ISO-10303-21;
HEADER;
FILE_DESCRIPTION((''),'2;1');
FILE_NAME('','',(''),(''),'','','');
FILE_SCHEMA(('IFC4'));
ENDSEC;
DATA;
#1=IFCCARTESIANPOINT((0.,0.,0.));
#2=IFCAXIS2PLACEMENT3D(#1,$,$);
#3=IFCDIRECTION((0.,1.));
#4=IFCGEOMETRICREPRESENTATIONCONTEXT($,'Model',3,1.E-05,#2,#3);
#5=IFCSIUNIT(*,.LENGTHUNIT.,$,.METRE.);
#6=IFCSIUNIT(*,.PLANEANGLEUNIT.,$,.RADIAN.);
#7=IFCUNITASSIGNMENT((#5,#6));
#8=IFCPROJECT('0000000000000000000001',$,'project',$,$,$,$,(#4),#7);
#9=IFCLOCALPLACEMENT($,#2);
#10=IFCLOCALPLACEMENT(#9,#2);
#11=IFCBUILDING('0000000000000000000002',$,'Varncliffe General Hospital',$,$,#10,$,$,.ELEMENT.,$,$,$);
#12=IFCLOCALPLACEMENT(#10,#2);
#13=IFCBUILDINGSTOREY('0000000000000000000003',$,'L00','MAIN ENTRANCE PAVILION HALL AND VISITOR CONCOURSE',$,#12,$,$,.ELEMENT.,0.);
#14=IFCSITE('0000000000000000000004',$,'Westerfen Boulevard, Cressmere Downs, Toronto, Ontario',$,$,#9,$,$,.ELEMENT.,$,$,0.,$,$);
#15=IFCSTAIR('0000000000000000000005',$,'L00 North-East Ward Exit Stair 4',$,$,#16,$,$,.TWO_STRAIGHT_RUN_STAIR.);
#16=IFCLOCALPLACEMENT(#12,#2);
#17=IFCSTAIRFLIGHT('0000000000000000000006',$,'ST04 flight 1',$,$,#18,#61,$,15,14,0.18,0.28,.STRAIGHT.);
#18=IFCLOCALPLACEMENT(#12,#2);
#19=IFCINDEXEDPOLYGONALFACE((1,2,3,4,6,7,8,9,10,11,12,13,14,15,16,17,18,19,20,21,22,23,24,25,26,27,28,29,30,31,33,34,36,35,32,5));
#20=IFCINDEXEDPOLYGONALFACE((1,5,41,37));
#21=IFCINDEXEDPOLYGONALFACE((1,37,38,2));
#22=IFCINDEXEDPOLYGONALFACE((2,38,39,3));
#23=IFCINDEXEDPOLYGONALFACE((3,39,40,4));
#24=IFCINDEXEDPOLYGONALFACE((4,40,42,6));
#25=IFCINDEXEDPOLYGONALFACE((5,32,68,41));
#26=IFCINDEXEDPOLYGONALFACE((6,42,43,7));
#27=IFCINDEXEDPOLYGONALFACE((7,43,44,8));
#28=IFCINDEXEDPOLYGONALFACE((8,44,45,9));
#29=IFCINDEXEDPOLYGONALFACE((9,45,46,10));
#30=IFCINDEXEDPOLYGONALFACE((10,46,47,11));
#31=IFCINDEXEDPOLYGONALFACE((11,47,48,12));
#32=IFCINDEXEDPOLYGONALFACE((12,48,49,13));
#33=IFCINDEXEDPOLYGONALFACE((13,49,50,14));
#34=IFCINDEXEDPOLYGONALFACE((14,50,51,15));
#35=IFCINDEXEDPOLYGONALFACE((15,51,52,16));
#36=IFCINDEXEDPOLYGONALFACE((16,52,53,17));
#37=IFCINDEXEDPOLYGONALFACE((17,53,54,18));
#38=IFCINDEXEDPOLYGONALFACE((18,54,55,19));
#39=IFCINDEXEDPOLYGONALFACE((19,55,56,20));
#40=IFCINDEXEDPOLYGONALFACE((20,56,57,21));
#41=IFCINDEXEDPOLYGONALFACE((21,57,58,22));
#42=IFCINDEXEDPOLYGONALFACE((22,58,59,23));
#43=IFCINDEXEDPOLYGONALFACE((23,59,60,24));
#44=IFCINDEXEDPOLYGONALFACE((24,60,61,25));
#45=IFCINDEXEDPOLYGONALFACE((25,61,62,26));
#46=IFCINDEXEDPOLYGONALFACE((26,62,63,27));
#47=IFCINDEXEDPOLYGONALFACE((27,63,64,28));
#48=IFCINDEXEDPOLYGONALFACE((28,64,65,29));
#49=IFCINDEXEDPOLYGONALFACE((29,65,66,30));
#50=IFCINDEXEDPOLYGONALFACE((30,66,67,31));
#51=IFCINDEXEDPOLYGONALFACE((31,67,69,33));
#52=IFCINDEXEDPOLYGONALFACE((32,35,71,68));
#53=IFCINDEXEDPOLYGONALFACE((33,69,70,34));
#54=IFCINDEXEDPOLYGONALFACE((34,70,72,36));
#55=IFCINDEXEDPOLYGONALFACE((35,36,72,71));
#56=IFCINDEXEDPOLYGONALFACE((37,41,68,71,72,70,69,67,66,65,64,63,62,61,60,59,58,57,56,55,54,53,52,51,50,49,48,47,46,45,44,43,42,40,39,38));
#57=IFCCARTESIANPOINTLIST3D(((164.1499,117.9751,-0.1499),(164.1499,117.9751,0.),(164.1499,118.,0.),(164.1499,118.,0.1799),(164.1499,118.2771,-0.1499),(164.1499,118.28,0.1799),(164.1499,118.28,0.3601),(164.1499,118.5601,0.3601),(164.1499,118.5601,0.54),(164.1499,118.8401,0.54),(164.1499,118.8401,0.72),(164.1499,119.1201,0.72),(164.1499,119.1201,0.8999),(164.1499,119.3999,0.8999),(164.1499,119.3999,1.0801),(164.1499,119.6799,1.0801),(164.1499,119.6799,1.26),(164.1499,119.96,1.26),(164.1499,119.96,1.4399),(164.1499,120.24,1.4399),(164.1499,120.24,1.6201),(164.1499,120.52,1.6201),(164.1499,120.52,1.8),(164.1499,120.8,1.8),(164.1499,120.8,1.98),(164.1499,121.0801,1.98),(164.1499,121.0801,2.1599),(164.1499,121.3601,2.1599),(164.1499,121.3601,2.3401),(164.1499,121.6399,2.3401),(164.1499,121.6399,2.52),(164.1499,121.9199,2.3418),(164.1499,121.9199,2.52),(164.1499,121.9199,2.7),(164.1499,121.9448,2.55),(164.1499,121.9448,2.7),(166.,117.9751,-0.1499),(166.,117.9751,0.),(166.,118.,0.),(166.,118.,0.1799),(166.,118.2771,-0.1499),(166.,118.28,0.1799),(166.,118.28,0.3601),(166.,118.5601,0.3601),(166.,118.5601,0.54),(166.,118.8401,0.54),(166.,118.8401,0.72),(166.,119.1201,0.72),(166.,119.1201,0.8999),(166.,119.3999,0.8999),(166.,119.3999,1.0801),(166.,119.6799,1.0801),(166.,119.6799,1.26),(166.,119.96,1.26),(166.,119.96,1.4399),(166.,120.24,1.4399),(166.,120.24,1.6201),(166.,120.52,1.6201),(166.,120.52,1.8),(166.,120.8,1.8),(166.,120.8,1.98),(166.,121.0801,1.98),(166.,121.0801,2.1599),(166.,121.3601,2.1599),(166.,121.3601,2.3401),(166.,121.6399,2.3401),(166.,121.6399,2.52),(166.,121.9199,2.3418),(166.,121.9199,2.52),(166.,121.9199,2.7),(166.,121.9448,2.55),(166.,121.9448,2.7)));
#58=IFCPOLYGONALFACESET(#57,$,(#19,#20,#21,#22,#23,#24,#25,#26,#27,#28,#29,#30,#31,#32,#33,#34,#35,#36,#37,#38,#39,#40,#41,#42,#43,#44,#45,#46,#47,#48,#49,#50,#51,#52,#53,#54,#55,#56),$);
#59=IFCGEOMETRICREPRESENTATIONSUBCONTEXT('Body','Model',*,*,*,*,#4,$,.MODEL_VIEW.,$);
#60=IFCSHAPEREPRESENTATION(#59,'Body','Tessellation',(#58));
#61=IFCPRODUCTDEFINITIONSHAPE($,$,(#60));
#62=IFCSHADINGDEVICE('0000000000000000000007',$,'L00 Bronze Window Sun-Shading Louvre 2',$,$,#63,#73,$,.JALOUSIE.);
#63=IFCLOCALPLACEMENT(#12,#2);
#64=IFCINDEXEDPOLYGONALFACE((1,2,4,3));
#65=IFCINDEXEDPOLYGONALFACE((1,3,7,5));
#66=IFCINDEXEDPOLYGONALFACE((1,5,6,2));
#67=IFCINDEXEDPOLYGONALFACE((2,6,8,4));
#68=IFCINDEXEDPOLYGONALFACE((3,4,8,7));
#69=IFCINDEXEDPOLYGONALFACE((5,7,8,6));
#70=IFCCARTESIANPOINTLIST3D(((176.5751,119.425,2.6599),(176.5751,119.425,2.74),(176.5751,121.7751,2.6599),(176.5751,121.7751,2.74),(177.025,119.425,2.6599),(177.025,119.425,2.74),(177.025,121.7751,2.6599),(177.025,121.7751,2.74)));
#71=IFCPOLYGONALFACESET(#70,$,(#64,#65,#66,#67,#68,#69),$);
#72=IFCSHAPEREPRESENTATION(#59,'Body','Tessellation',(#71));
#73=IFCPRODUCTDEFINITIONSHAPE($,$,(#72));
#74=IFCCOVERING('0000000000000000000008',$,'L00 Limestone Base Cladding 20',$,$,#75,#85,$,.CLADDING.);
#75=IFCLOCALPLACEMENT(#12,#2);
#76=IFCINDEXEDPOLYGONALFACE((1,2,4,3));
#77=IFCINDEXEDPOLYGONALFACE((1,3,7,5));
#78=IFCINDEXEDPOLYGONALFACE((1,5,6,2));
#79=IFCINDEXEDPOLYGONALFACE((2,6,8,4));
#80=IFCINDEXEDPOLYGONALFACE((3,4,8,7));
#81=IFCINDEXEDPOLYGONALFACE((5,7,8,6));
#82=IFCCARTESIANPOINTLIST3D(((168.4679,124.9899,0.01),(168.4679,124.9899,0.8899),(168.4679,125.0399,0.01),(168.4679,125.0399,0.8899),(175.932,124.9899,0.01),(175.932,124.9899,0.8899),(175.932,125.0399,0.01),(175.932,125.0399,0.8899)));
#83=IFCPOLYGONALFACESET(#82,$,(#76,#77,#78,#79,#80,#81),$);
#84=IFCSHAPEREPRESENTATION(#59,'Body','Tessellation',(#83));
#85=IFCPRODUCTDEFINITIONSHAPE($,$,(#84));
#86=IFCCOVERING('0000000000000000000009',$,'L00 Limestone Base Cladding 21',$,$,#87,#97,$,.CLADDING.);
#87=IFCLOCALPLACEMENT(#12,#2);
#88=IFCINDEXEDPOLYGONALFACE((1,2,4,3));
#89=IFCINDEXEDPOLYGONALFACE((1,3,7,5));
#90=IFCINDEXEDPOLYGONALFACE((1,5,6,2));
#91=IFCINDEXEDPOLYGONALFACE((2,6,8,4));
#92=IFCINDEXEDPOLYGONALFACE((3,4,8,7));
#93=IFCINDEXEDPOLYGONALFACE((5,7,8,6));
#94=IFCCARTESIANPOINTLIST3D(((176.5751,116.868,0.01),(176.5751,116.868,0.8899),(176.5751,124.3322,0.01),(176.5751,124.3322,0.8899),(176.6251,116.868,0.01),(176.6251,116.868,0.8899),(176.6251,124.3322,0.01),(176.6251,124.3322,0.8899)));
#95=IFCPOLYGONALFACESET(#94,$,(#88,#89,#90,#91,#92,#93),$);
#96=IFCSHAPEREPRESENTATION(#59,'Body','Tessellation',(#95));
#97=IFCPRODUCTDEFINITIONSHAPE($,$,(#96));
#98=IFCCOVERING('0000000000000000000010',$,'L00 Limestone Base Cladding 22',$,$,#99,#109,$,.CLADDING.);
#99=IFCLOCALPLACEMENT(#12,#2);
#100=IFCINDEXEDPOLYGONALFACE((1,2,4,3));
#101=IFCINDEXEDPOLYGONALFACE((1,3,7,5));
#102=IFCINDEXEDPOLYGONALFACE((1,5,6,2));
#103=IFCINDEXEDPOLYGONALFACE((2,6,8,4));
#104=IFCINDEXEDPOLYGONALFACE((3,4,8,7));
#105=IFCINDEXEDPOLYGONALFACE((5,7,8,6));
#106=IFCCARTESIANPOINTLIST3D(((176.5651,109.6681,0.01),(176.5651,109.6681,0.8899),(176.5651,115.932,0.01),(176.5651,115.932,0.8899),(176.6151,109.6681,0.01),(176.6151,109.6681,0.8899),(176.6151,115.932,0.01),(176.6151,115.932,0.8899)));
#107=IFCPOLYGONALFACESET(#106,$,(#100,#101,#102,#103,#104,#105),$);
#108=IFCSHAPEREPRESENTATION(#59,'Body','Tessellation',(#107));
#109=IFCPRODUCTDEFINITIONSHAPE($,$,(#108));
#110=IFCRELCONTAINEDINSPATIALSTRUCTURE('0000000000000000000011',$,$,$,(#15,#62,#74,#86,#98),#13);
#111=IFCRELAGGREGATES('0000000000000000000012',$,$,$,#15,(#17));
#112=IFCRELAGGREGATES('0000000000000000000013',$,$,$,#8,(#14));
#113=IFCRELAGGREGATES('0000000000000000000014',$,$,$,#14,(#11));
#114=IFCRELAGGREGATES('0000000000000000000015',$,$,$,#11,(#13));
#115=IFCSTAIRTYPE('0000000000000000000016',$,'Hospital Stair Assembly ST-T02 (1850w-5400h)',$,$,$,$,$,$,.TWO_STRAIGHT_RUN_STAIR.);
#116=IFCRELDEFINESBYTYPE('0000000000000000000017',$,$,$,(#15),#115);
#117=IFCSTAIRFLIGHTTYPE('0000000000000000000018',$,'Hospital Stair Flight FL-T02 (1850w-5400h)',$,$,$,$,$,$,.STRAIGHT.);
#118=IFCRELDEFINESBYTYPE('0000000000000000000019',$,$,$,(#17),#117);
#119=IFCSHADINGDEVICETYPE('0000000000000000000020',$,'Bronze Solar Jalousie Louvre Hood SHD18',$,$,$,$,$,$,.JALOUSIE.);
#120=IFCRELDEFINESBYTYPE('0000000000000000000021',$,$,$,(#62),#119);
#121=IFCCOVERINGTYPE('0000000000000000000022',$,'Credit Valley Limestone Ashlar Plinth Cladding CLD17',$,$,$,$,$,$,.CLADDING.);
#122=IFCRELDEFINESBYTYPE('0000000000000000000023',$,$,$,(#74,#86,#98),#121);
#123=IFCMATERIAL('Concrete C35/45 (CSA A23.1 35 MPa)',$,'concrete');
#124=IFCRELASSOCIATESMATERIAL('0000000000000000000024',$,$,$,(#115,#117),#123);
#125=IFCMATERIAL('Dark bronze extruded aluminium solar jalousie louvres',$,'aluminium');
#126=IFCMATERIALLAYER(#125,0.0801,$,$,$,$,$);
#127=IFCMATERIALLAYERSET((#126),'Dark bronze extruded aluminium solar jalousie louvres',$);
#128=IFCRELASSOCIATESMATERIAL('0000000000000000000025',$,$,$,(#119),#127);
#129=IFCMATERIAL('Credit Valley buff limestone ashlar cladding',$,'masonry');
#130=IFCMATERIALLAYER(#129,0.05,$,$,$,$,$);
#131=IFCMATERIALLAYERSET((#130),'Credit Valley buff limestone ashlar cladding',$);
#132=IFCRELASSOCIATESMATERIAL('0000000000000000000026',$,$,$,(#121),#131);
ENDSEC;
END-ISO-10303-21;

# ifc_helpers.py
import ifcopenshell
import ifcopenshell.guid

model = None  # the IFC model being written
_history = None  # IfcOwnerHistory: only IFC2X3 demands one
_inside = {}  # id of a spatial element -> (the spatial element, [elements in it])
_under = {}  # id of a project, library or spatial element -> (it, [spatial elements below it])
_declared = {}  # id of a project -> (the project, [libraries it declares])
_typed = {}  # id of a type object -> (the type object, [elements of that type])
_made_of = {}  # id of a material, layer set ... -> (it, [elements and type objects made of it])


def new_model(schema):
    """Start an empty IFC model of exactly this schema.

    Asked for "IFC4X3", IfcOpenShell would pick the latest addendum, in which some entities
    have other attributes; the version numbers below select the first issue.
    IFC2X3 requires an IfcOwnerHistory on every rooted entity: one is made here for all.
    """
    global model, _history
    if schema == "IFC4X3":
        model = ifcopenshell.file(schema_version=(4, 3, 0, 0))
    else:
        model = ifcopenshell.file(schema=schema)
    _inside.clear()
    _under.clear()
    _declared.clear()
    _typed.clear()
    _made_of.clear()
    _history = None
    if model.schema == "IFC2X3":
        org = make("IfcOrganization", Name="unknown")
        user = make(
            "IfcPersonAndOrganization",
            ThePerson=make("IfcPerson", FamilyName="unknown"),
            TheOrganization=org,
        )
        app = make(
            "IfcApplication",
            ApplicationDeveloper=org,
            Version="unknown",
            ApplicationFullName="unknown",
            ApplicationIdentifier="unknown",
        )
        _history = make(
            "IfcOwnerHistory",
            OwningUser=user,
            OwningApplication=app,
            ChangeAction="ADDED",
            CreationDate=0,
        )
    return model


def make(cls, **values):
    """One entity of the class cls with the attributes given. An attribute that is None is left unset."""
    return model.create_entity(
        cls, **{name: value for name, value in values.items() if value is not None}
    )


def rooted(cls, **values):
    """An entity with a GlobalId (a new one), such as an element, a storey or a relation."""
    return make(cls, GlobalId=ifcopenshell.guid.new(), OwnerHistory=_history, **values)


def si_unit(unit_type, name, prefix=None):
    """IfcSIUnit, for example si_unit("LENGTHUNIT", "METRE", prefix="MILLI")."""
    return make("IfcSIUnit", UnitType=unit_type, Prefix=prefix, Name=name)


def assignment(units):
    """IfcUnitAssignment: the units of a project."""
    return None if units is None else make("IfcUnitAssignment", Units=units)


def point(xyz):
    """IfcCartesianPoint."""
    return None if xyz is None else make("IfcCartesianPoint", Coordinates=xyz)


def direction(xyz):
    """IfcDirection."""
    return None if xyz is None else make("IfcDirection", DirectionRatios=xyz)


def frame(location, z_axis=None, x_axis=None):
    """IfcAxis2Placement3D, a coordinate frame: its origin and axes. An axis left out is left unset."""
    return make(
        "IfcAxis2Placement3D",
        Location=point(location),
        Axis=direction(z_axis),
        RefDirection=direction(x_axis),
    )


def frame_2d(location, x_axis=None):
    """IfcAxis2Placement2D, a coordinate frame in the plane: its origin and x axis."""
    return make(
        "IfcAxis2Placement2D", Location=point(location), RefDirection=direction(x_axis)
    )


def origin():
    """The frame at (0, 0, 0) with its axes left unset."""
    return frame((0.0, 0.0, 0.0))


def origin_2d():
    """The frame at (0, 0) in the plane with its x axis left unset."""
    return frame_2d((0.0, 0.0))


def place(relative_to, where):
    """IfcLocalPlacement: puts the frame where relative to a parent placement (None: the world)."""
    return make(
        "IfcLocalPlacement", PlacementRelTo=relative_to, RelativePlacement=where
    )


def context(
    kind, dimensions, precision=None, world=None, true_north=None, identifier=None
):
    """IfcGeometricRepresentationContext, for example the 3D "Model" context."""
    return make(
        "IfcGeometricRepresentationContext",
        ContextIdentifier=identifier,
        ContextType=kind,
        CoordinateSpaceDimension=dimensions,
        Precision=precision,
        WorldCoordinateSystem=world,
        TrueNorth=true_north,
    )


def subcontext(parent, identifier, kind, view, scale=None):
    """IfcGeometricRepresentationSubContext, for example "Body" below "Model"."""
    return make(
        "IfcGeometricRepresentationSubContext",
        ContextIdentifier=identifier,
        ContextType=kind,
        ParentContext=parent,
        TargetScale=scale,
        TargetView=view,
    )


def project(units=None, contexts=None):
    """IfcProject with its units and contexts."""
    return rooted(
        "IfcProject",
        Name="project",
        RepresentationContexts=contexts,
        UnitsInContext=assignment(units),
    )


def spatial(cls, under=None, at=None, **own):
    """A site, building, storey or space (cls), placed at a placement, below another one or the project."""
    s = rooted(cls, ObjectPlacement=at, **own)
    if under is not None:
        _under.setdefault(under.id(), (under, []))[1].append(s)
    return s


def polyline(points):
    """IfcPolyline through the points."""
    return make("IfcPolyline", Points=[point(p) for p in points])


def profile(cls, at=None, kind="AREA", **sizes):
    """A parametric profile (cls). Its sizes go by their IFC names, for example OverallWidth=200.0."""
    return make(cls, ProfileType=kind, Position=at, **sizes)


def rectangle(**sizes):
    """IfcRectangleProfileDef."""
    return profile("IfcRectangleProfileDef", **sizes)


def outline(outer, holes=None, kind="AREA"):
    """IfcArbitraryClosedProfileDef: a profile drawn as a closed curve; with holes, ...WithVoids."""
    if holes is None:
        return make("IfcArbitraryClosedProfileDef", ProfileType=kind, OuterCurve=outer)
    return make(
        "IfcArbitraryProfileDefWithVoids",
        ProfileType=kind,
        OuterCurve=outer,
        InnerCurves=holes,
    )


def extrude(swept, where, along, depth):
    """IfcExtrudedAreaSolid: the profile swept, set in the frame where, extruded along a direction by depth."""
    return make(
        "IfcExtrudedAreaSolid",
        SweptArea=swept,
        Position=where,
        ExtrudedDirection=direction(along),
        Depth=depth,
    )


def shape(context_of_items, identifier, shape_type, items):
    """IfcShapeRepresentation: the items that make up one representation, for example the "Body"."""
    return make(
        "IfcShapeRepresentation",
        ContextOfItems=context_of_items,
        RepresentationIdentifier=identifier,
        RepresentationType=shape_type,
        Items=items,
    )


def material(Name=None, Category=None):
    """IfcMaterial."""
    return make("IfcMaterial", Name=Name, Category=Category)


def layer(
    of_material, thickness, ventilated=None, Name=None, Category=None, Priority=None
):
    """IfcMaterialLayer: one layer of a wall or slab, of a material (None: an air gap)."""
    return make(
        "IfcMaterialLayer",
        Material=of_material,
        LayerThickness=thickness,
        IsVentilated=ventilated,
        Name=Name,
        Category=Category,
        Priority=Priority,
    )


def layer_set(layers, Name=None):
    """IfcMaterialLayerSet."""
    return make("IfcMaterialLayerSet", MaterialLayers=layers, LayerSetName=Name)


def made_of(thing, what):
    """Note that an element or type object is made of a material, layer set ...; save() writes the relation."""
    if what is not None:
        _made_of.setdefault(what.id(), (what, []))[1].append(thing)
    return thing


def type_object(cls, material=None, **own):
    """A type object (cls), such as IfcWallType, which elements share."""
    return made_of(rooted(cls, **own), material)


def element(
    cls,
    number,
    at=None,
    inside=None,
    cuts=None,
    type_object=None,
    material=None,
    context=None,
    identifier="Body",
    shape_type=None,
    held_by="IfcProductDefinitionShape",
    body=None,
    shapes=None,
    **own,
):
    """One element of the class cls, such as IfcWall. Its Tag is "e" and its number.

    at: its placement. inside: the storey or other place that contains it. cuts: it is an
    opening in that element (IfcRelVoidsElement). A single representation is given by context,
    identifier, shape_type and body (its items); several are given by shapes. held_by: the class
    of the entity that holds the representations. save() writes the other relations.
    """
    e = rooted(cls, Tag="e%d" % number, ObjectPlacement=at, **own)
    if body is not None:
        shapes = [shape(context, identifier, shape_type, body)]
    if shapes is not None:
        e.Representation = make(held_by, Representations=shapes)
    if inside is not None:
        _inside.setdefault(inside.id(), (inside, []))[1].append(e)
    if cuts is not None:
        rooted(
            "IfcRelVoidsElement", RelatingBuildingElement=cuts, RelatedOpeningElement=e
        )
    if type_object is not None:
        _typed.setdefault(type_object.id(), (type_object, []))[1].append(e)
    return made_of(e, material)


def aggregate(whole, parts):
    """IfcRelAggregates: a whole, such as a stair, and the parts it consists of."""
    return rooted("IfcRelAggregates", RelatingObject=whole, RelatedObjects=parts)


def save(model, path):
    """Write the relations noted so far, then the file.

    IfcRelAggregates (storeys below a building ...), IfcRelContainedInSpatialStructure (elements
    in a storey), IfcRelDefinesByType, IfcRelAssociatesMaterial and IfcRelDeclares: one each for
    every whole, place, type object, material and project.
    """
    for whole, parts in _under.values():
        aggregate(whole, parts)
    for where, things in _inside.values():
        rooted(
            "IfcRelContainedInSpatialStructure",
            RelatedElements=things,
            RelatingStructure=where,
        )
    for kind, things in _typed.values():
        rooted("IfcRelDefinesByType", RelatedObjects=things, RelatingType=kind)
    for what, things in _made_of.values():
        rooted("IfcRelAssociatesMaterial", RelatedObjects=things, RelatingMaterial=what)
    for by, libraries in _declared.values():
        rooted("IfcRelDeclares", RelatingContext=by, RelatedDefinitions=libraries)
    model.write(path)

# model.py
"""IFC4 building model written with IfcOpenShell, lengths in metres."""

from ifc_helpers import new_model, si_unit, direction, frame, origin, origin_2d, place, context, subcontext, project, spatial, polyline, rectangle, outline, extrude, material, layer, layer_set, type_object, element, aggregate, save


model = new_model("IFC4")

# Units and contexts
model_context = context("Model", 3, precision=1e-05, world=origin(), true_north=direction((0.0, 1.0)))
body_context = subcontext(model_context, "Body", "Model", "MODEL_VIEW")
ifc_project = project(units=[si_unit("LENGTHUNIT", "METRE"), si_unit("PLANEANGLEUNIT", "RADIAN")], contexts=[model_context])

# Site, building, storey
site_placement = place(None, origin())
site = spatial("IfcSite", under=ifc_project, at=site_placement, Name="Westerfen Boulevard, Cressmere Downs, Toronto, Ontario", CompositionType="ELEMENT", RefElevation=0.0)
building_placement = place(site_placement, origin())
building = spatial("IfcBuilding", under=site, at=building_placement, Name="Varncliffe General Hospital", CompositionType="ELEMENT")
storey_placement = place(building_placement, origin())
storey = spatial("IfcBuildingStorey", under=building, at=storey_placement, Name="L00", Description="MAIN ENTRANCE PAVILION HALL AND VISITOR CONCOURSE", CompositionType="ELEMENT", Elevation=0.0)

# Shared definitions
ifc_material_1 = material(Name="Concrete C35/45 (CSA A23.1 35 MPa)", Category="concrete")

# Stair, stair flight
stair_type = type_object("IfcStairType", Name="Hospital Stair Assembly ST-T02 (1850w-5400h)", PredefinedType="TWO_STRAIGHT_RUN_STAIR", material=ifc_material_1)
stair_placement = place(storey_placement, origin())
stair = element("IfcStair", 1, at=stair_placement, inside=storey, type_object=stair_type, Name="L00 North-East Ward Exit Stair 4", PredefinedType="TWO_STRAIGHT_RUN_STAIR")
stair_flight_type = type_object("IfcStairFlightType", Name="Hospital Stair Flight FL-T02 (1850w-5400h)", PredefinedType="STRAIGHT", material=ifc_material_1)
stair_flight_placement = place(storey_placement, frame((165.075, 118.0, 0.0), z_axis=(0.0, 0.0, 1.0), x_axis=(0.0, 1.0, 0.0)))
stair_flight = element("IfcStairFlight", 2, at=stair_flight_placement, type_object=stair_flight_type, Name="ST04 flight 1", NumberOfRisers=15, NumberOfTreads=14, PredefinedType="STRAIGHT", RiserHeight=0.18, TreadLength=0.28, context=body_context, shape_type="SweptSolid", body=[
    extrude(outline(polyline([(-0.0249, -0.1499), (-0.0249, 0.0), (0.0, 0.0), (0.0, 0.1799), (0.28, 0.1799), (0.28, 0.3601), (0.5601, 0.3601), (0.5601, 0.54), (0.8401, 0.54), (0.8401, 0.72), (1.1201, 0.72), (1.1201, 0.8999), (1.3999, 0.8999), (1.3999, 1.0801), (1.6799, 1.0801), (1.6799, 1.26), (1.96, 1.26), (1.96, 1.4399), (2.24, 1.4399), (2.24, 1.6201), (2.52, 1.6201), (2.52, 1.8), (2.8, 1.8), (2.8, 1.98), (3.0801, 1.98), (3.0801, 2.1599), (3.3601, 2.1599), (3.3601, 2.3401), (3.6399, 2.3401), (3.6399, 2.52), (3.9199, 2.52), (3.9199, 2.7), (3.9448, 2.7), (3.9448, 2.55), (3.9199, 2.3418), (0.2771, -0.1499), (-0.0249, -0.1499)])), frame((0.0, 0.925, 0.0), z_axis=(0.0, -1.0, 0.0), x_axis=(1.0, 0.0, 0.0)), (0.0, 0.0, 1.0), 1.8501),
])
aggregate(stair, [stair_flight])

# Shading device
ifc_material_2 = material(Name="Dark bronze extruded aluminium solar jalousie louvres", Category="aluminium")
ifc_layer_1 = layer(ifc_material_2, 0.0801)
ifc_layer_set_1 = layer_set([ifc_layer_1], Name="Dark bronze extruded aluminium solar jalousie louvres")
shading_device_type = type_object("IfcShadingDeviceType", Name="Bronze Solar Jalousie Louvre Hood SHD18", PredefinedType="JALOUSIE", material=ifc_layer_set_1)
shading_device_placement = place(storey_placement, frame((176.8, 120.6001, 2.6599), z_axis=(0.0, 0.0, 1.0), x_axis=(0.0, -1.0, 0.0)))
element("IfcShadingDevice", 3, at=shading_device_placement, inside=storey, type_object=shading_device_type, Name="L00 Bronze Window Sun-Shading Louvre 2", PredefinedType="JALOUSIE", context=body_context, shape_type="SweptSolid", body=[
    extrude(rectangle(XDim=2.3501, YDim=0.45, at=origin_2d()), origin(), (0.0, 0.0, 1.0), 0.0801),
])

# Coverings
ifc_material_3 = material(Name="Credit Valley buff limestone ashlar cladding", Category="masonry")
ifc_layer_2 = layer(ifc_material_3, 0.05)
ifc_layer_set_2 = layer_set([ifc_layer_2], Name="Credit Valley buff limestone ashlar cladding")
covering_type = type_object("IfcCoveringType", Name="Credit Valley Limestone Ashlar Plinth Cladding CLD17", PredefinedType="CLADDING", material=ifc_layer_set_2)
for number, where, z_axis, x_axis, name in (
    (4, (172.2, 125.0149, 0.01), (0.0, 0.0, 1.0), (1.0, 0.0, 0.0), "L00 Limestone Base Cladding 20"),
    (5, (176.6001, 120.6001, 0.01), (0.0, 0.0, 1.0), (0.0, -1.0, 0.0), "L00 Limestone Base Cladding 21"),
):
    element("IfcCovering", number, at=place(storey_placement, frame(where, z_axis=z_axis, x_axis=x_axis)), inside=storey, type_object=covering_type, Name=name, PredefinedType="CLADDING", context=body_context, shape_type="SweptSolid", body=[
        extrude(rectangle(XDim=7.4641, YDim=0.05, at=origin_2d()), origin(), (0.0, 0.0, 1.0), 0.8799),
    ])
covering_placement = place(storey_placement, frame((176.5901, 112.8, 0.01), z_axis=(0.0, 0.0, 1.0), x_axis=(0.0, -1.0, 0.0)))
element("IfcCovering", 6, at=covering_placement, inside=storey, type_object=covering_type, Name="L00 Limestone Base Cladding 22", PredefinedType="CLADDING", context=body_context, shape_type="SweptSolid", body=[
    extrude(rectangle(XDim=6.2639, YDim=0.05, at=origin_2d()), origin(), (0.0, 0.0, 1.0), 0.8799),
])

save(model, "model.ifc")
